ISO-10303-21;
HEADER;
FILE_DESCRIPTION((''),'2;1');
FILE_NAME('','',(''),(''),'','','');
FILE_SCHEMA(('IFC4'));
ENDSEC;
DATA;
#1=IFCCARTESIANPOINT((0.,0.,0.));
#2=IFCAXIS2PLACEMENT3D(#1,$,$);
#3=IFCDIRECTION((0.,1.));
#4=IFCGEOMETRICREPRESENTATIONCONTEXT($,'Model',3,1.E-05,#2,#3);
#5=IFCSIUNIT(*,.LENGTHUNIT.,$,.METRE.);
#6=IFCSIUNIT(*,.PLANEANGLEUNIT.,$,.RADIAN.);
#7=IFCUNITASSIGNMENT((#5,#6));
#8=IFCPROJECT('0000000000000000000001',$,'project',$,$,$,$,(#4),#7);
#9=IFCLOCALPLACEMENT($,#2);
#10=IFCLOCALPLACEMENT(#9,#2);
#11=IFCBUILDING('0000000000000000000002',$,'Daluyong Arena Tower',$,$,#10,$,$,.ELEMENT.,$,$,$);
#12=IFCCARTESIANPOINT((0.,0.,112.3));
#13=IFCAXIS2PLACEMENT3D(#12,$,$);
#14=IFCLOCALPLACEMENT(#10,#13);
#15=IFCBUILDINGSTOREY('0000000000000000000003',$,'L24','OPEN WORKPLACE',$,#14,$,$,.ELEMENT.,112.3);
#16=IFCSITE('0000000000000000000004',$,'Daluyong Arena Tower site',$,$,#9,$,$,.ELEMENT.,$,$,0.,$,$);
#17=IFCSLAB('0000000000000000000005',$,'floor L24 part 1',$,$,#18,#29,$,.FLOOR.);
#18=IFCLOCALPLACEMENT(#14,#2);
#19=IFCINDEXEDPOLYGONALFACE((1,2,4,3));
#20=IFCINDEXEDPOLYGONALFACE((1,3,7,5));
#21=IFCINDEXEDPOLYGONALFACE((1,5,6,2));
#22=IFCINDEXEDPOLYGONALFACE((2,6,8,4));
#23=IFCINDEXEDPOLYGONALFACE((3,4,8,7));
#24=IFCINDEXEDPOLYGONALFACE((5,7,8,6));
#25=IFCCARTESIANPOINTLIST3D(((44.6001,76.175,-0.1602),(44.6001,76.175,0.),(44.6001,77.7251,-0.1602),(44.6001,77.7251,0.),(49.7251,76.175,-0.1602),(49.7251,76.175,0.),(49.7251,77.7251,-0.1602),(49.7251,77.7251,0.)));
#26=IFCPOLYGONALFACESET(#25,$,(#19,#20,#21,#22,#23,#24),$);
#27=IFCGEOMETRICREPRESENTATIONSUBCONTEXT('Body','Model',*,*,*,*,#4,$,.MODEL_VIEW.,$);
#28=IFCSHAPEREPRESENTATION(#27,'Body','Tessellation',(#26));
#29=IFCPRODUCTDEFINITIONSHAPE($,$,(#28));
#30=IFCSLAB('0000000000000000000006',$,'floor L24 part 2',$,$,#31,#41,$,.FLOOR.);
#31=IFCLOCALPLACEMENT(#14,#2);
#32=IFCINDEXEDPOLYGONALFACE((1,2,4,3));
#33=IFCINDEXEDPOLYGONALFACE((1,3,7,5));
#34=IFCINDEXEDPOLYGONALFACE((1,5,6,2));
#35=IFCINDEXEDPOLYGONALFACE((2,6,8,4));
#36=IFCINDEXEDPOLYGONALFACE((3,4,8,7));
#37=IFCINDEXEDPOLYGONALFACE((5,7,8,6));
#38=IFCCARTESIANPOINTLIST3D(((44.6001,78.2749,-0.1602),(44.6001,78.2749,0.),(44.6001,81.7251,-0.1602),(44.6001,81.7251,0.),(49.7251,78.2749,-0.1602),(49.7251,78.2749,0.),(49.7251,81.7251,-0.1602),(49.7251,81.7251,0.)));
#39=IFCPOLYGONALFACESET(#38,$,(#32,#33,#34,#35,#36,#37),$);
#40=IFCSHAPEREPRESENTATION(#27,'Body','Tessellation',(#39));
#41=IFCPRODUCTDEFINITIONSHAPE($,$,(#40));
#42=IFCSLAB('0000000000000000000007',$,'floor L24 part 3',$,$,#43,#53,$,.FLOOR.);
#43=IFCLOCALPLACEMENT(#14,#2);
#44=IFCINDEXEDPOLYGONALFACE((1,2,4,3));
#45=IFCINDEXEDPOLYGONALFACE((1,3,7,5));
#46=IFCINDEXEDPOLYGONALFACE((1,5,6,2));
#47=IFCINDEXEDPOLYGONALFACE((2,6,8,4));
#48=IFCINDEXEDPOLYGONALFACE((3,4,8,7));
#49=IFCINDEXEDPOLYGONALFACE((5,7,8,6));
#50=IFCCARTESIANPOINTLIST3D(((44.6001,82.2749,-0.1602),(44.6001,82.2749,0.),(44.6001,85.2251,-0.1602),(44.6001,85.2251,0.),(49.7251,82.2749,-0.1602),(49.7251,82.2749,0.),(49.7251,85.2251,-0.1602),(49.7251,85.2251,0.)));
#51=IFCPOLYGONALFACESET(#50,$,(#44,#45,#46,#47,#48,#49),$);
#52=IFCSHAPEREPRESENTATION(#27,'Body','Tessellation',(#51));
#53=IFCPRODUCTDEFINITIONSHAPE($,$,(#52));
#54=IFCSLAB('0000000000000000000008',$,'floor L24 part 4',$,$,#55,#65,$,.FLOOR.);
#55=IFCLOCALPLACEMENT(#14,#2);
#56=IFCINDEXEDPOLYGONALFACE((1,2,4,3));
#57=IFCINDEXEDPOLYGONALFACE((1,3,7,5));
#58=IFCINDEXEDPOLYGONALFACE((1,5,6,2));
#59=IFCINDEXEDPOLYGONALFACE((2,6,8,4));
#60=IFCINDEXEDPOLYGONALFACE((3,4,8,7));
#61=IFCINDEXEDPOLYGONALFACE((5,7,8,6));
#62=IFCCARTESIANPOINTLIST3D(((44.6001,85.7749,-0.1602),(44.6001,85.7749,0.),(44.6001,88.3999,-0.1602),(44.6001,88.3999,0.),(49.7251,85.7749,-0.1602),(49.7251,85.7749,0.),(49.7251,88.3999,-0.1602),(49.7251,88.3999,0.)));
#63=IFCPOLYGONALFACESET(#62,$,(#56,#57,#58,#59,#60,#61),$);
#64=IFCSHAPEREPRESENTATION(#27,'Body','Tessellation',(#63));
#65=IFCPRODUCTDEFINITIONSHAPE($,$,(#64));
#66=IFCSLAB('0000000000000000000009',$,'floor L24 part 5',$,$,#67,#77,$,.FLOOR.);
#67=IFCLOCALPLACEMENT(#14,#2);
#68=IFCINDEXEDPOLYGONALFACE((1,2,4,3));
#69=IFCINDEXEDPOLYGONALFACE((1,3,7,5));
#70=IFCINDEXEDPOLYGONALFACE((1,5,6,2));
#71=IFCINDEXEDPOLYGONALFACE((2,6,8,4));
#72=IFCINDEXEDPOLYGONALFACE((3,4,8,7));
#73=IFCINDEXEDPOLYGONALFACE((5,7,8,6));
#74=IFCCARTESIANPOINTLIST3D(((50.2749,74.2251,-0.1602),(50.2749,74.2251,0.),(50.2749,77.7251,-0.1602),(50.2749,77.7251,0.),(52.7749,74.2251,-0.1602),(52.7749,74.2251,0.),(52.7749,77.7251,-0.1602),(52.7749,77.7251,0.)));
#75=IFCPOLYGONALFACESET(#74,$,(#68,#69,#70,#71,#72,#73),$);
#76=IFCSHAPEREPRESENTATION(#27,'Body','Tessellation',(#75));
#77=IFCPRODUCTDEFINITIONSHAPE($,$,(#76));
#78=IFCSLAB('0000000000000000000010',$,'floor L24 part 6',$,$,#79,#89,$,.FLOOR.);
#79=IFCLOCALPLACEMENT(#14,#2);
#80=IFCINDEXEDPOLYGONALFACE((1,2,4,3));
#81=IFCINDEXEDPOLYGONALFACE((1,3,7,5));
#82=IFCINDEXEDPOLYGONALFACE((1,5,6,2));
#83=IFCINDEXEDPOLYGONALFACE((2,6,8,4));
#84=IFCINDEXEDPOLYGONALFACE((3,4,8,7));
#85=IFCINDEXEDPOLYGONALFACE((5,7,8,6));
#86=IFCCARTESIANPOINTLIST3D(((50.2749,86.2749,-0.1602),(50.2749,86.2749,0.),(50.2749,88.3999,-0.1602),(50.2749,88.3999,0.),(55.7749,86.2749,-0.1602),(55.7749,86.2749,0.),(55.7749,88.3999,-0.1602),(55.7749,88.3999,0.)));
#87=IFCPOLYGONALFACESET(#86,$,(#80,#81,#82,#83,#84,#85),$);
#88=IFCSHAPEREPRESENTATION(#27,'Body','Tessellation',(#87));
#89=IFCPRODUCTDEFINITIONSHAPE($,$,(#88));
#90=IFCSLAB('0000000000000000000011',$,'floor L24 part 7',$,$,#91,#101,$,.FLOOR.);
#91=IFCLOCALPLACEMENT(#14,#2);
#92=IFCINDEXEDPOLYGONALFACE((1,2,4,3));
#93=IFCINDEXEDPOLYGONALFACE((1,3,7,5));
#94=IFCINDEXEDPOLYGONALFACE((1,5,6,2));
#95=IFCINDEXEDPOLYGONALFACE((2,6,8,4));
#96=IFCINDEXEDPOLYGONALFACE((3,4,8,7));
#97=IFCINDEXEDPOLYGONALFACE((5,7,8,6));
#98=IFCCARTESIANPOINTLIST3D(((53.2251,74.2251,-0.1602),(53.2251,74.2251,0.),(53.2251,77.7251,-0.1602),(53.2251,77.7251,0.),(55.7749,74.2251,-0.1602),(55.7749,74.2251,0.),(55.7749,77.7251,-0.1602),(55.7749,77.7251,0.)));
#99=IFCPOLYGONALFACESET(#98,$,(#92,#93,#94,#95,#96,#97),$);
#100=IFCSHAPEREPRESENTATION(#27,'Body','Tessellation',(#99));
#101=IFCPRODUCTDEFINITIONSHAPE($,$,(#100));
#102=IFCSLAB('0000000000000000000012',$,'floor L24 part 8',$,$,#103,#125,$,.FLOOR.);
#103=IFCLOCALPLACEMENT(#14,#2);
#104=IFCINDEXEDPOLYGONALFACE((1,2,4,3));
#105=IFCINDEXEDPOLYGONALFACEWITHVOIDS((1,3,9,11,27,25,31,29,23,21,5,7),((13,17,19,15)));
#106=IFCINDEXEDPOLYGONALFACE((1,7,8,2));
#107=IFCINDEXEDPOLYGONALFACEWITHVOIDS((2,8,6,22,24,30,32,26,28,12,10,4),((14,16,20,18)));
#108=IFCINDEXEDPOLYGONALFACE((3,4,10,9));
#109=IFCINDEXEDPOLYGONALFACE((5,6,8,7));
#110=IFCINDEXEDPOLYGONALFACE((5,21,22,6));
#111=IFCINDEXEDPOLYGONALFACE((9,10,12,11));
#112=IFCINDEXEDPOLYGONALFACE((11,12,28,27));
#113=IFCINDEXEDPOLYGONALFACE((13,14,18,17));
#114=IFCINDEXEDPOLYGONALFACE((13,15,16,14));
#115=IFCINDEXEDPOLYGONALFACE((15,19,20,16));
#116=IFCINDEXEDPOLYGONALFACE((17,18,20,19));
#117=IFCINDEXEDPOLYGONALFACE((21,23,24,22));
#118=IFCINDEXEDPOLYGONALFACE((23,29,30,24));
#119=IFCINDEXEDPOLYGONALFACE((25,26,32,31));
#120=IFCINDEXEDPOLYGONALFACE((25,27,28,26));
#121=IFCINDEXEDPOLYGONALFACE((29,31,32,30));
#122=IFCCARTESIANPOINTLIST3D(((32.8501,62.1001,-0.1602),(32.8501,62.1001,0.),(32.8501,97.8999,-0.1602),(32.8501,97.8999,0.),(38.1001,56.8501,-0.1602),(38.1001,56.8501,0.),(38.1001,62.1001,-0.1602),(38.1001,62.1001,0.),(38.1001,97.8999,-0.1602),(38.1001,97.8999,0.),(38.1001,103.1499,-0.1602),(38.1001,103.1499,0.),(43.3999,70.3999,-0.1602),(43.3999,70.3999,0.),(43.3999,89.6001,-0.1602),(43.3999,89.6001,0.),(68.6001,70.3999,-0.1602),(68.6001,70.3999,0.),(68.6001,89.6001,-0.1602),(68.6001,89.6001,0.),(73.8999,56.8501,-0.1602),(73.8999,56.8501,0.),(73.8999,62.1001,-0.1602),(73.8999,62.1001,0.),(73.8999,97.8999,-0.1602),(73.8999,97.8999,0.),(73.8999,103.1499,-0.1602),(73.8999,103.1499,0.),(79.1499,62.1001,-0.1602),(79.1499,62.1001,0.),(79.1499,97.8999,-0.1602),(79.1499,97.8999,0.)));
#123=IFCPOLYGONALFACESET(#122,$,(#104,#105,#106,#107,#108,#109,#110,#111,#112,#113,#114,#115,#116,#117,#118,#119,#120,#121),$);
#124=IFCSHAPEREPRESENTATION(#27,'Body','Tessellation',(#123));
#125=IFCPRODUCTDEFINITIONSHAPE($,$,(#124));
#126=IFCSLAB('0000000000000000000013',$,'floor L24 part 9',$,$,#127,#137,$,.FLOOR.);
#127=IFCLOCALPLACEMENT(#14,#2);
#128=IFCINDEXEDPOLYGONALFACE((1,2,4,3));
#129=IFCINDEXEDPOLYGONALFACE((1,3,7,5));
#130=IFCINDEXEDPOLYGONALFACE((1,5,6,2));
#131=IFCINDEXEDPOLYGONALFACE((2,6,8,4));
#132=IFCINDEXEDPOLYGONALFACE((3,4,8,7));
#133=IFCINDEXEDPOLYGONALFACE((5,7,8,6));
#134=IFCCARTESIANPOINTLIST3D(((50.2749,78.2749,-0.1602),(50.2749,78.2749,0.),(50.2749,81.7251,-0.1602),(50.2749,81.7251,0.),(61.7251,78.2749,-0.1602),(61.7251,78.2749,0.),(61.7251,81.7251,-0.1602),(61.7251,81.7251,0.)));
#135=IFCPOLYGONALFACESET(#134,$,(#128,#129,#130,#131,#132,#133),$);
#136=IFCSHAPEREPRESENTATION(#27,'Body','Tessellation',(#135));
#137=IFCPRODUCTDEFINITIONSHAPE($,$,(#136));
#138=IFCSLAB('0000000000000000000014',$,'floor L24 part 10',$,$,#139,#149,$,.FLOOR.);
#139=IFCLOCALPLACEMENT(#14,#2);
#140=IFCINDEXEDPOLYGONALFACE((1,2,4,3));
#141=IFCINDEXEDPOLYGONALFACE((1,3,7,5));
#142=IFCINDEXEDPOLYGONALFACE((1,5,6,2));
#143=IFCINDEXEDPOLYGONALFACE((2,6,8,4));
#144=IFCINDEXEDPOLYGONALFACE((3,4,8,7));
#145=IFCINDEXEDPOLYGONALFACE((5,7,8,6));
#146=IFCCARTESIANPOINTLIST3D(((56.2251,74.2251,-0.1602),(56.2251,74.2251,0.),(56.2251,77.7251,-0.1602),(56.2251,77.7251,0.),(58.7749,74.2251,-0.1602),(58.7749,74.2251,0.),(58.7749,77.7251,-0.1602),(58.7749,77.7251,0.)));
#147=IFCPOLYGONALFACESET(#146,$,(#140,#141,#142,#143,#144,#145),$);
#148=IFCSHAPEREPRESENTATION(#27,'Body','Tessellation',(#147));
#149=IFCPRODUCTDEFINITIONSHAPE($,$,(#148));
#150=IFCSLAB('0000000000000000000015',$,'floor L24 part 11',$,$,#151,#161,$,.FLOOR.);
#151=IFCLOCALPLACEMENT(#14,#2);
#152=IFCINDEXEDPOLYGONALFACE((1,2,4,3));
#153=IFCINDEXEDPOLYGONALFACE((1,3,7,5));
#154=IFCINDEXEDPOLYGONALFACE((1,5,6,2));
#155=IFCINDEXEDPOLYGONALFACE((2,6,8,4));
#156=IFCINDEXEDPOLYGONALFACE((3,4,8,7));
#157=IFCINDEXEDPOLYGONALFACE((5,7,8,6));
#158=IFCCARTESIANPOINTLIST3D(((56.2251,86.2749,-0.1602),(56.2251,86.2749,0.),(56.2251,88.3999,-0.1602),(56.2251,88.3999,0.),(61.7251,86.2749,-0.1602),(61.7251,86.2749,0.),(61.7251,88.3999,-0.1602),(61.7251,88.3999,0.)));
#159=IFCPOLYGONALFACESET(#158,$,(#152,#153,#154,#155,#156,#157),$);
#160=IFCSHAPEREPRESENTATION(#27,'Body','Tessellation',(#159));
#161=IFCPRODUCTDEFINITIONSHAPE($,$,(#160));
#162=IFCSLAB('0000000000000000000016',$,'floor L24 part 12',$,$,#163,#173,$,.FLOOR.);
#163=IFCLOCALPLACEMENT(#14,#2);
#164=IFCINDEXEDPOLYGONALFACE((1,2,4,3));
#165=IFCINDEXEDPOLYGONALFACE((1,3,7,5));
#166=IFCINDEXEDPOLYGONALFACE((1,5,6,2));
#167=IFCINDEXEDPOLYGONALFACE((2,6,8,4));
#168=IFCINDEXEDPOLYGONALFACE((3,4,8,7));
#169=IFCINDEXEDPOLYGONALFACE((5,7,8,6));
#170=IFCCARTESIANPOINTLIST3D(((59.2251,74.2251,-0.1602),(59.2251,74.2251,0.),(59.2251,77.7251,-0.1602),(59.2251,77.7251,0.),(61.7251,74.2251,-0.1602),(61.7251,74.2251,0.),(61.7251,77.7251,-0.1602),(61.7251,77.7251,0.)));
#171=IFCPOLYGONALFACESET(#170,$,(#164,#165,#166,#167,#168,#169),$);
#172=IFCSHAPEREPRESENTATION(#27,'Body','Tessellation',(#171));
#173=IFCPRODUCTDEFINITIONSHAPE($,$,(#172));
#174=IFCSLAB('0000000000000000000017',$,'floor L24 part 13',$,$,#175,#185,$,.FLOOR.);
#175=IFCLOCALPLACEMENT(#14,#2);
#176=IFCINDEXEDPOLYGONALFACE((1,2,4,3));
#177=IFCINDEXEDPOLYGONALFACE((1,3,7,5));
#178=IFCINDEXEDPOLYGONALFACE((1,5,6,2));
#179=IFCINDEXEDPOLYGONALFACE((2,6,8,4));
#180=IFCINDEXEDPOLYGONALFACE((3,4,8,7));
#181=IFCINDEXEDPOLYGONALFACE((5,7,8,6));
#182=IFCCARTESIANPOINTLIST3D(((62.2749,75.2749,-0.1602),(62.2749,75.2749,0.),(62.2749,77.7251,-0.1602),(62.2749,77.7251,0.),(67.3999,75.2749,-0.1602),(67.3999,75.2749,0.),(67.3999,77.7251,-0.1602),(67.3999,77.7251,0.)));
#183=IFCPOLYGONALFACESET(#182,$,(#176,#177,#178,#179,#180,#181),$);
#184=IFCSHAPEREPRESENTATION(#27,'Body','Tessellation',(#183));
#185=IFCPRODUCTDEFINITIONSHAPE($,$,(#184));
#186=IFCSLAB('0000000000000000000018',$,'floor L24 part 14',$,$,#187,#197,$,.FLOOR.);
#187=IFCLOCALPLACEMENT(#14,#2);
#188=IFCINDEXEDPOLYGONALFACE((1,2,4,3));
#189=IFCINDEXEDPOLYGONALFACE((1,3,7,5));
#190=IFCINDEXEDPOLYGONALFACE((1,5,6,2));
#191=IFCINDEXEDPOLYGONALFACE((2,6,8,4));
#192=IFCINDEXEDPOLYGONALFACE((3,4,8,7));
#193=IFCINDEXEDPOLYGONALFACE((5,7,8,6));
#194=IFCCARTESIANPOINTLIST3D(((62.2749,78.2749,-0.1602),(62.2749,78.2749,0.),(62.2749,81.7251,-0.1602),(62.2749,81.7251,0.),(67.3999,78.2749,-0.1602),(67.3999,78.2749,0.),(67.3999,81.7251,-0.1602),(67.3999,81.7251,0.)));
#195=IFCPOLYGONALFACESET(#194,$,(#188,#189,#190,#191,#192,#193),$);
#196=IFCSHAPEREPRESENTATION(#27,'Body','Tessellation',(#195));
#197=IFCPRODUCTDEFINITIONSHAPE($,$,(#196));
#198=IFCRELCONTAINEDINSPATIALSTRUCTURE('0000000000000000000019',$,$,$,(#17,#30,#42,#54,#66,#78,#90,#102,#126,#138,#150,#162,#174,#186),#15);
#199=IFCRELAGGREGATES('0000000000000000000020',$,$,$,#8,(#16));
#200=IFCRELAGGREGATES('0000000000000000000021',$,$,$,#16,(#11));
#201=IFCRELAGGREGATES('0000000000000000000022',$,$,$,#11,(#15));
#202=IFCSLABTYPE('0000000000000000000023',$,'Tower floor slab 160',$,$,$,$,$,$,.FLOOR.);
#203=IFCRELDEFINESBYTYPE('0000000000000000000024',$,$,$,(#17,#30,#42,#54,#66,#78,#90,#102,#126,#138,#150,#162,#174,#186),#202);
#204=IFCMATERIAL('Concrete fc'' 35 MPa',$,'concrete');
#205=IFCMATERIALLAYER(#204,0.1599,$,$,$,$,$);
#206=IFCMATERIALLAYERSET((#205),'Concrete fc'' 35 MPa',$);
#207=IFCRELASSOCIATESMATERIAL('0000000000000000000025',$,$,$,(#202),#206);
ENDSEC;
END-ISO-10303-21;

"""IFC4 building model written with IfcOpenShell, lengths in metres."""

from ifc_helpers import new_model, si_unit, direction, frame, origin, place, context, subcontext, project, spatial, polyline, outline, extrude, material, layer, layer_set, type_object, element, save


model = new_model("IFC4")

# Units and contexts
model_context = context("Model", 3, precision=1e-05, world=origin(), true_north=direction((0.0, 1.0)))
body_context = subcontext(model_context, "Body", "Model", "MODEL_VIEW")
ifc_project = project(units=[si_unit("LENGTHUNIT", "METRE"), si_unit("PLANEANGLEUNIT", "RADIAN")], contexts=[model_context])

# Site, building, storey
site_placement = place(None, origin())
site = spatial("IfcSite", under=ifc_project, at=site_placement, Name="Daluyong Arena Tower site", CompositionType="ELEMENT", RefElevation=0.0)
building_placement = place(site_placement, origin())
building = spatial("IfcBuilding", under=site, at=building_placement, Name="Daluyong Arena Tower", CompositionType="ELEMENT")
storey_placement = place(building_placement, frame((0.0, 0.0, 112.3)))
storey = spatial("IfcBuildingStorey", under=building, at=storey_placement, Name="L24", Description="OPEN WORKPLACE", CompositionType="ELEMENT", Elevation=112.3)

# Slabs
ifc_material_1 = material(Name="Concrete fc' 35 MPa", Category="concrete")
ifc_layer_1 = layer(ifc_material_1, 0.1599)
ifc_layer_set_1 = layer_set([ifc_layer_1], Name="Concrete fc' 35 MPa")
slab_type = type_object("IfcSlabType", Name="Tower floor slab 160", PredefinedType="FLOOR", material=ifc_layer_set_1)
slab_1_placement = place(storey_placement, frame((0.0, 0.0, -0.1602)))
element("IfcSlab", 1, at=slab_1_placement, inside=storey, type_object=slab_type, Name="floor L24 part 1", PredefinedType="FLOOR", context=body_context, shape_type="SweptSolid", body=[
    extrude(outline(polyline([(49.7251, 76.175), (49.7251, 77.7251), (44.6001, 77.7251), (44.6001, 76.175), (49.7251, 76.175)])), origin(), (0.0, 0.0, 1.0), 0.1602),
])
slab_2_placement = place(storey_placement, frame((0.0, 0.0, -0.1602)))
element("IfcSlab", 2, at=slab_2_placement, inside=storey, type_object=slab_type, Name="floor L24 part 2", PredefinedType="FLOOR", context=body_context, shape_type="SweptSolid", body=[
    extrude(outline(polyline([(44.6001, 78.2749), (49.7251, 78.2749), (49.7251, 81.7251), (44.6001, 81.7251), (44.6001, 78.2749)])), origin(), (0.0, 0.0, 1.0), 0.1602),
])
slab_3_placement = place(storey_placement, frame((0.0, 0.0, -0.1602)))
element("IfcSlab", 3, at=slab_3_placement, inside=storey, type_object=slab_type, Name="floor L24 part 3", PredefinedType="FLOOR", context=body_context, shape_type="SweptSolid", body=[
    extrude(outline(polyline([(44.6001, 82.2749), (49.7251, 82.2749), (49.7251, 85.2251), (44.6001, 85.2251), (44.6001, 82.2749)])), origin(), (0.0, 0.0, 1.0), 0.1602),
])
slab_4_placement = place(storey_placement, frame((0.0, 0.0, -0.1602)))
element("IfcSlab", 4, at=slab_4_placement, inside=storey, type_object=slab_type, Name="floor L24 part 4", PredefinedType="FLOOR", context=body_context, shape_type="SweptSolid", body=[
    extrude(outline(polyline([(49.7251, 88.3999), (44.6001, 88.3999), (44.6001, 85.7749), (49.7251, 85.7749), (49.7251, 88.3999)])), origin(), (0.0, 0.0, 1.0), 0.1602),
])
slab_5_placement = place(storey_placement, frame((0.0, 0.0, -0.1602)))
element("IfcSlab", 5, at=slab_5_placement, inside=storey, type_object=slab_type, Name="floor L24 part 5", PredefinedType="FLOOR", context=body_context, shape_type="SweptSolid", body=[
    extrude(outline(polyline([(52.7749, 77.7251), (50.2749, 77.7251), (50.2749, 74.2251), (52.7749, 74.2251), (52.7749, 77.7251)])), origin(), (0.0, 0.0, 1.0), 0.1602),
])
slab_6_placement = place(storey_placement, frame((0.0, 0.0, -0.1602)))
element("IfcSlab", 6, at=slab_6_placement, inside=storey, type_object=slab_type, Name="floor L24 part 6", PredefinedType="FLOOR", context=body_context, shape_type="SweptSolid", body=[
    extrude(outline(polyline([(55.7749, 88.3999), (50.2749, 88.3999), (50.2749, 86.2749), (55.7749, 86.2749), (55.7749, 88.3999)])), origin(), (0.0, 0.0, 1.0), 0.1602),
])
slab_7_placement = place(storey_placement, frame((0.0, 0.0, -0.1602)))
element("IfcSlab", 7, at=slab_7_placement, inside=storey, type_object=slab_type, Name="floor L24 part 7", PredefinedType="FLOOR", context=body_context, shape_type="SweptSolid", body=[
    extrude(outline(polyline([(55.7749, 77.7251), (53.2251, 77.7251), (53.2251, 74.2251), (55.7749, 74.2251), (55.7749, 77.7251)])), origin(), (0.0, 0.0, 1.0), 0.1602),
])
slab_8_placement = place(storey_placement, frame((0.0, 0.0, -0.1602)))
element("IfcSlab", 8, at=slab_8_placement, inside=storey, type_object=slab_type, Name="floor L24 part 8", PredefinedType="FLOOR", context=body_context, shape_type="SweptSolid", body=[
    extrude(outline(polyline([(38.1001, 62.1001), (38.1001, 56.8501), (73.8999, 56.8501), (73.8999, 62.1001), (79.1499, 62.1001), (79.1499, 97.8999), (73.8999, 97.8999), (73.8999, 103.1499), (38.1001, 103.1499), (38.1001, 97.8999), (32.8501, 97.8999), (32.8501, 62.1001), (38.1001, 62.1001)]), holes=[polyline([(68.6001, 89.6001), (68.6001, 70.3999), (43.3999, 70.3999), (43.3999, 89.6001), (68.6001, 89.6001)])]), origin(), (0.0, 0.0, 1.0), 0.1602),
])
slab_9_placement = place(storey_placement, frame((0.0, 0.0, -0.1602)))
element("IfcSlab", 9, at=slab_9_placement, inside=storey, type_object=slab_type, Name="floor L24 part 9", PredefinedType="FLOOR", context=body_context, shape_type="SweptSolid", body=[
    extrude(outline(polyline([(61.7251, 78.2749), (61.7251, 81.7251), (50.2749, 81.7251), (50.2749, 78.2749), (61.7251, 78.2749)])), origin(), (0.0, 0.0, 1.0), 0.1602),
])
slab_10_placement = place(storey_placement, frame((0.0, 0.0, -0.1602)))
element("IfcSlab", 10, at=slab_10_placement, inside=storey, type_object=slab_type, Name="floor L24 part 10", PredefinedType="FLOOR", context=body_context, shape_type="SweptSolid", body=[
    extrude(outline(polyline([(58.7749, 77.7251), (56.2251, 77.7251), (56.2251, 74.2251), (58.7749, 74.2251), (58.7749, 77.7251)])), origin(), (0.0, 0.0, 1.0), 0.1602),
])
slab_11_placement = place(storey_placement, frame((0.0, 0.0, -0.1602)))
element("IfcSlab", 11, at=slab_11_placement, inside=storey, type_object=slab_type, Name="floor L24 part 11", PredefinedType="FLOOR", context=body_context, shape_type="SweptSolid", body=[
    extrude(outline(polyline([(56.2251, 88.3999), (56.2251, 86.2749), (61.7251, 86.2749), (61.7251, 88.3999), (56.2251, 88.3999)])), origin(), (0.0, 0.0, 1.0), 0.1602),
])
slab_12_placement = place(storey_placement, frame((0.0, 0.0, -0.1602)))
element("IfcSlab", 12, at=slab_12_placement, inside=storey, type_object=slab_type, Name="floor L24 part 12", PredefinedType="FLOOR", context=body_context, shape_type="SweptSolid", body=[
    extrude(outline(polyline([(59.2251, 77.7251), (59.2251, 74.2251), (61.7251, 74.2251), (61.7251, 77.7251), (59.2251, 77.7251)])), origin(), (0.0, 0.0, 1.0), 0.1602),
])
slab_13_placement = place(storey_placement, frame((0.0, 0.0, -0.1602)))
element("IfcSlab", 13, at=slab_13_placement, inside=storey, type_object=slab_type, Name="floor L24 part 13", PredefinedType="FLOOR", context=body_context, shape_type="SweptSolid", body=[
    extrude(outline(polyline([(62.2749, 75.2749), (67.3999, 75.2749), (67.3999, 77.7251), (62.2749, 77.7251), (62.2749, 75.2749)])), origin(), (0.0, 0.0, 1.0), 0.1602),
])
slab_14_placement = place(storey_placement, frame((0.0, 0.0, -0.1602)))
element("IfcSlab", 14, at=slab_14_placement, inside=storey, type_object=slab_type, Name="floor L24 part 14", PredefinedType="FLOOR", context=body_context, shape_type="SweptSolid", body=[
    extrude(outline(polyline([(62.2749, 78.2749), (67.3999, 78.2749), (67.3999, 81.7251), (62.2749, 81.7251), (62.2749, 78.2749)])), origin(), (0.0, 0.0, 1.0), 0.1602),
])

save(model, "model.ifc")
